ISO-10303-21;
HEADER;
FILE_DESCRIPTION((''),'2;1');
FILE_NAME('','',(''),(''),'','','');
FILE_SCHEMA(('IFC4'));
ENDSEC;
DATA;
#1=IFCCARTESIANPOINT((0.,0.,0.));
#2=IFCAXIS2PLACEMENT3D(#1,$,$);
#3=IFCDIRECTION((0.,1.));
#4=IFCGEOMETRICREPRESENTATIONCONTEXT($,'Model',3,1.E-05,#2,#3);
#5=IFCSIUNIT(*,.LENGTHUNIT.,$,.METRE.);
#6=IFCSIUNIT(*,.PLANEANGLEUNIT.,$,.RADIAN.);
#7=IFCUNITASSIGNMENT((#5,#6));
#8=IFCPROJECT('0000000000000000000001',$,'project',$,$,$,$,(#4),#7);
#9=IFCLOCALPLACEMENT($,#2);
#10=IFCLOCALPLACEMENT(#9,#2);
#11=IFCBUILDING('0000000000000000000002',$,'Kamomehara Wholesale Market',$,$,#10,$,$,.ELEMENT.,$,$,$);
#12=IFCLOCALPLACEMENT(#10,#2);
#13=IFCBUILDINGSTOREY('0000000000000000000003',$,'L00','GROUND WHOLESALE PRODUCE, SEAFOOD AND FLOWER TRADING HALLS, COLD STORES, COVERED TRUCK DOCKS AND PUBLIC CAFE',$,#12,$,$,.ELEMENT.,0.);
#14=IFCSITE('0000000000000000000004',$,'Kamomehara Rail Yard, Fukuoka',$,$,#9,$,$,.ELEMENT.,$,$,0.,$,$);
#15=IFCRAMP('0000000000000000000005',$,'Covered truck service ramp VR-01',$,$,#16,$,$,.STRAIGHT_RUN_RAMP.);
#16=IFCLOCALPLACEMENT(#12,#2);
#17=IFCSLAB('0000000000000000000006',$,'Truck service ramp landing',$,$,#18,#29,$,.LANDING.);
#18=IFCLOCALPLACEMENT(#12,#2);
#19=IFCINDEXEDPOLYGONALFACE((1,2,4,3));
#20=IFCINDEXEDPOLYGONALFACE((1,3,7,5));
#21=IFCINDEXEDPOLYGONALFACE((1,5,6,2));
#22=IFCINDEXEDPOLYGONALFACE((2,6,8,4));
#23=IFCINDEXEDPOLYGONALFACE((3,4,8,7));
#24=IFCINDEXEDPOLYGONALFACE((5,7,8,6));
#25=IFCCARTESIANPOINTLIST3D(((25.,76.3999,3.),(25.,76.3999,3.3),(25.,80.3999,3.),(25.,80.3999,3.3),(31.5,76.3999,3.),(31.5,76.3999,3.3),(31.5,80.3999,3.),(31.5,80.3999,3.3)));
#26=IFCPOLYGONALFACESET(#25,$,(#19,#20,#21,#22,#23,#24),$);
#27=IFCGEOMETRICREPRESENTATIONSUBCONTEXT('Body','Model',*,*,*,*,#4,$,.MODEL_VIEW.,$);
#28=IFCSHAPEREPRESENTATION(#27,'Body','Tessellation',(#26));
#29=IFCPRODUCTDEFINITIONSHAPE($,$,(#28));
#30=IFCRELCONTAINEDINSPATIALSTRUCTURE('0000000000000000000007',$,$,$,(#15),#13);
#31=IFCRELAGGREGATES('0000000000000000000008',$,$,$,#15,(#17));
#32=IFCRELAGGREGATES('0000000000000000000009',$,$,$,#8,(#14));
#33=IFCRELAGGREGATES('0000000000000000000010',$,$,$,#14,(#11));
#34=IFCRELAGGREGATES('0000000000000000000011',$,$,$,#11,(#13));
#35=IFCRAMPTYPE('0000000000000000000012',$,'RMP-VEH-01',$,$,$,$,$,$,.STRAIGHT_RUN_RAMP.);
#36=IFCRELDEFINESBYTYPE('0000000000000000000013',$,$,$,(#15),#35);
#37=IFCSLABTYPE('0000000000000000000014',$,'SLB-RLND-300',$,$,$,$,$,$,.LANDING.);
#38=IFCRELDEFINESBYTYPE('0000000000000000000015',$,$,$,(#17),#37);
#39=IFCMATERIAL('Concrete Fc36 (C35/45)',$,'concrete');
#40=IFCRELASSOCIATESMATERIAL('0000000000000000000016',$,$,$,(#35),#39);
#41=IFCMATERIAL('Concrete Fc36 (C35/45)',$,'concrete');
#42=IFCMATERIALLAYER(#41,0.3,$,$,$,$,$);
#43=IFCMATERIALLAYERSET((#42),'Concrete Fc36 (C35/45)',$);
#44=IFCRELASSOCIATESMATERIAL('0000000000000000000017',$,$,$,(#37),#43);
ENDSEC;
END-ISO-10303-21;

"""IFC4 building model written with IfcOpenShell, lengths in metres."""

from ifc_helpers import new_model, si_unit, direction, frame, origin, place, context, subcontext, project, spatial, polyline, outline, extrude, material, layer, layer_set, type_object, element, aggregate, save


model = new_model("IFC4")

# Units and contexts
model_context = context("Model", 3, precision=1e-05, world=origin(), true_north=direction((0.0, 1.0)))
body_context = subcontext(model_context, "Body", "Model", "MODEL_VIEW")
ifc_project = project(units=[si_unit("LENGTHUNIT", "METRE"), si_unit("PLANEANGLEUNIT", "RADIAN")], contexts=[model_context])

# Site, building, storey
site_placement = place(None, origin())
site = spatial("IfcSite", under=ifc_project, at=site_placement, Name="Kamomehara Rail Yard, Fukuoka", CompositionType="ELEMENT", RefElevation=0.0)
building_placement = place(site_placement, origin())
building = spatial("IfcBuilding", under=site, at=building_placement, Name="Kamomehara Wholesale Market", CompositionType="ELEMENT")
storey_placement = place(building_placement, origin())
storey = spatial("IfcBuildingStorey", under=building, at=storey_placement, Name="L00", Description="GROUND WHOLESALE PRODUCE, SEAFOOD AND FLOWER TRADING HALLS, COLD STORES, COVERED TRUCK DOCKS AND PUBLIC CAFE", CompositionType="ELEMENT", Elevation=0.0)

# Ramp, slab
ifc_material_1 = material(Name="Concrete Fc36 (C35/45)", Category="concrete")
ramp_type = type_object("IfcRampType", Name="RMP-VEH-01", PredefinedType="STRAIGHT_RUN_RAMP", material=ifc_material_1)
ramp_placement = place(storey_placement, origin())
ramp = element("IfcRamp", 1, at=ramp_placement, inside=storey, type_object=ramp_type, Name="Covered truck service ramp VR-01", PredefinedType="STRAIGHT_RUN_RAMP")
ifc_material_2 = material(Name="Concrete Fc36 (C35/45)", Category="concrete")
ifc_layer_1 = layer(ifc_material_2, 0.3)
ifc_layer_set_1 = layer_set([ifc_layer_1], Name="Concrete Fc36 (C35/45)")
slab_type_1 = type_object("IfcSlabType", Name="SLB-RLND-300", PredefinedType="LANDING", material=ifc_layer_set_1)
slab_1_placement = place(storey_placement, frame((0.0, 0.0, 3.0)))
slab_1 = element("IfcSlab", 2, at=slab_1_placement, type_object=slab_type_1, Name="Truck service ramp landing", PredefinedType="LANDING", context=body_context, shape_type="SweptSolid", body=[
    extrude(outline(polyline([(25.0, 76.3999), (31.5, 76.3999), (31.5, 80.3999), (25.0, 80.3999), (25.0, 76.3999)])), origin(), (0.0, 0.0, 1.0), 0.3),
])
aggregate(ramp, [slab_1])

save(model, "model.ifc")
